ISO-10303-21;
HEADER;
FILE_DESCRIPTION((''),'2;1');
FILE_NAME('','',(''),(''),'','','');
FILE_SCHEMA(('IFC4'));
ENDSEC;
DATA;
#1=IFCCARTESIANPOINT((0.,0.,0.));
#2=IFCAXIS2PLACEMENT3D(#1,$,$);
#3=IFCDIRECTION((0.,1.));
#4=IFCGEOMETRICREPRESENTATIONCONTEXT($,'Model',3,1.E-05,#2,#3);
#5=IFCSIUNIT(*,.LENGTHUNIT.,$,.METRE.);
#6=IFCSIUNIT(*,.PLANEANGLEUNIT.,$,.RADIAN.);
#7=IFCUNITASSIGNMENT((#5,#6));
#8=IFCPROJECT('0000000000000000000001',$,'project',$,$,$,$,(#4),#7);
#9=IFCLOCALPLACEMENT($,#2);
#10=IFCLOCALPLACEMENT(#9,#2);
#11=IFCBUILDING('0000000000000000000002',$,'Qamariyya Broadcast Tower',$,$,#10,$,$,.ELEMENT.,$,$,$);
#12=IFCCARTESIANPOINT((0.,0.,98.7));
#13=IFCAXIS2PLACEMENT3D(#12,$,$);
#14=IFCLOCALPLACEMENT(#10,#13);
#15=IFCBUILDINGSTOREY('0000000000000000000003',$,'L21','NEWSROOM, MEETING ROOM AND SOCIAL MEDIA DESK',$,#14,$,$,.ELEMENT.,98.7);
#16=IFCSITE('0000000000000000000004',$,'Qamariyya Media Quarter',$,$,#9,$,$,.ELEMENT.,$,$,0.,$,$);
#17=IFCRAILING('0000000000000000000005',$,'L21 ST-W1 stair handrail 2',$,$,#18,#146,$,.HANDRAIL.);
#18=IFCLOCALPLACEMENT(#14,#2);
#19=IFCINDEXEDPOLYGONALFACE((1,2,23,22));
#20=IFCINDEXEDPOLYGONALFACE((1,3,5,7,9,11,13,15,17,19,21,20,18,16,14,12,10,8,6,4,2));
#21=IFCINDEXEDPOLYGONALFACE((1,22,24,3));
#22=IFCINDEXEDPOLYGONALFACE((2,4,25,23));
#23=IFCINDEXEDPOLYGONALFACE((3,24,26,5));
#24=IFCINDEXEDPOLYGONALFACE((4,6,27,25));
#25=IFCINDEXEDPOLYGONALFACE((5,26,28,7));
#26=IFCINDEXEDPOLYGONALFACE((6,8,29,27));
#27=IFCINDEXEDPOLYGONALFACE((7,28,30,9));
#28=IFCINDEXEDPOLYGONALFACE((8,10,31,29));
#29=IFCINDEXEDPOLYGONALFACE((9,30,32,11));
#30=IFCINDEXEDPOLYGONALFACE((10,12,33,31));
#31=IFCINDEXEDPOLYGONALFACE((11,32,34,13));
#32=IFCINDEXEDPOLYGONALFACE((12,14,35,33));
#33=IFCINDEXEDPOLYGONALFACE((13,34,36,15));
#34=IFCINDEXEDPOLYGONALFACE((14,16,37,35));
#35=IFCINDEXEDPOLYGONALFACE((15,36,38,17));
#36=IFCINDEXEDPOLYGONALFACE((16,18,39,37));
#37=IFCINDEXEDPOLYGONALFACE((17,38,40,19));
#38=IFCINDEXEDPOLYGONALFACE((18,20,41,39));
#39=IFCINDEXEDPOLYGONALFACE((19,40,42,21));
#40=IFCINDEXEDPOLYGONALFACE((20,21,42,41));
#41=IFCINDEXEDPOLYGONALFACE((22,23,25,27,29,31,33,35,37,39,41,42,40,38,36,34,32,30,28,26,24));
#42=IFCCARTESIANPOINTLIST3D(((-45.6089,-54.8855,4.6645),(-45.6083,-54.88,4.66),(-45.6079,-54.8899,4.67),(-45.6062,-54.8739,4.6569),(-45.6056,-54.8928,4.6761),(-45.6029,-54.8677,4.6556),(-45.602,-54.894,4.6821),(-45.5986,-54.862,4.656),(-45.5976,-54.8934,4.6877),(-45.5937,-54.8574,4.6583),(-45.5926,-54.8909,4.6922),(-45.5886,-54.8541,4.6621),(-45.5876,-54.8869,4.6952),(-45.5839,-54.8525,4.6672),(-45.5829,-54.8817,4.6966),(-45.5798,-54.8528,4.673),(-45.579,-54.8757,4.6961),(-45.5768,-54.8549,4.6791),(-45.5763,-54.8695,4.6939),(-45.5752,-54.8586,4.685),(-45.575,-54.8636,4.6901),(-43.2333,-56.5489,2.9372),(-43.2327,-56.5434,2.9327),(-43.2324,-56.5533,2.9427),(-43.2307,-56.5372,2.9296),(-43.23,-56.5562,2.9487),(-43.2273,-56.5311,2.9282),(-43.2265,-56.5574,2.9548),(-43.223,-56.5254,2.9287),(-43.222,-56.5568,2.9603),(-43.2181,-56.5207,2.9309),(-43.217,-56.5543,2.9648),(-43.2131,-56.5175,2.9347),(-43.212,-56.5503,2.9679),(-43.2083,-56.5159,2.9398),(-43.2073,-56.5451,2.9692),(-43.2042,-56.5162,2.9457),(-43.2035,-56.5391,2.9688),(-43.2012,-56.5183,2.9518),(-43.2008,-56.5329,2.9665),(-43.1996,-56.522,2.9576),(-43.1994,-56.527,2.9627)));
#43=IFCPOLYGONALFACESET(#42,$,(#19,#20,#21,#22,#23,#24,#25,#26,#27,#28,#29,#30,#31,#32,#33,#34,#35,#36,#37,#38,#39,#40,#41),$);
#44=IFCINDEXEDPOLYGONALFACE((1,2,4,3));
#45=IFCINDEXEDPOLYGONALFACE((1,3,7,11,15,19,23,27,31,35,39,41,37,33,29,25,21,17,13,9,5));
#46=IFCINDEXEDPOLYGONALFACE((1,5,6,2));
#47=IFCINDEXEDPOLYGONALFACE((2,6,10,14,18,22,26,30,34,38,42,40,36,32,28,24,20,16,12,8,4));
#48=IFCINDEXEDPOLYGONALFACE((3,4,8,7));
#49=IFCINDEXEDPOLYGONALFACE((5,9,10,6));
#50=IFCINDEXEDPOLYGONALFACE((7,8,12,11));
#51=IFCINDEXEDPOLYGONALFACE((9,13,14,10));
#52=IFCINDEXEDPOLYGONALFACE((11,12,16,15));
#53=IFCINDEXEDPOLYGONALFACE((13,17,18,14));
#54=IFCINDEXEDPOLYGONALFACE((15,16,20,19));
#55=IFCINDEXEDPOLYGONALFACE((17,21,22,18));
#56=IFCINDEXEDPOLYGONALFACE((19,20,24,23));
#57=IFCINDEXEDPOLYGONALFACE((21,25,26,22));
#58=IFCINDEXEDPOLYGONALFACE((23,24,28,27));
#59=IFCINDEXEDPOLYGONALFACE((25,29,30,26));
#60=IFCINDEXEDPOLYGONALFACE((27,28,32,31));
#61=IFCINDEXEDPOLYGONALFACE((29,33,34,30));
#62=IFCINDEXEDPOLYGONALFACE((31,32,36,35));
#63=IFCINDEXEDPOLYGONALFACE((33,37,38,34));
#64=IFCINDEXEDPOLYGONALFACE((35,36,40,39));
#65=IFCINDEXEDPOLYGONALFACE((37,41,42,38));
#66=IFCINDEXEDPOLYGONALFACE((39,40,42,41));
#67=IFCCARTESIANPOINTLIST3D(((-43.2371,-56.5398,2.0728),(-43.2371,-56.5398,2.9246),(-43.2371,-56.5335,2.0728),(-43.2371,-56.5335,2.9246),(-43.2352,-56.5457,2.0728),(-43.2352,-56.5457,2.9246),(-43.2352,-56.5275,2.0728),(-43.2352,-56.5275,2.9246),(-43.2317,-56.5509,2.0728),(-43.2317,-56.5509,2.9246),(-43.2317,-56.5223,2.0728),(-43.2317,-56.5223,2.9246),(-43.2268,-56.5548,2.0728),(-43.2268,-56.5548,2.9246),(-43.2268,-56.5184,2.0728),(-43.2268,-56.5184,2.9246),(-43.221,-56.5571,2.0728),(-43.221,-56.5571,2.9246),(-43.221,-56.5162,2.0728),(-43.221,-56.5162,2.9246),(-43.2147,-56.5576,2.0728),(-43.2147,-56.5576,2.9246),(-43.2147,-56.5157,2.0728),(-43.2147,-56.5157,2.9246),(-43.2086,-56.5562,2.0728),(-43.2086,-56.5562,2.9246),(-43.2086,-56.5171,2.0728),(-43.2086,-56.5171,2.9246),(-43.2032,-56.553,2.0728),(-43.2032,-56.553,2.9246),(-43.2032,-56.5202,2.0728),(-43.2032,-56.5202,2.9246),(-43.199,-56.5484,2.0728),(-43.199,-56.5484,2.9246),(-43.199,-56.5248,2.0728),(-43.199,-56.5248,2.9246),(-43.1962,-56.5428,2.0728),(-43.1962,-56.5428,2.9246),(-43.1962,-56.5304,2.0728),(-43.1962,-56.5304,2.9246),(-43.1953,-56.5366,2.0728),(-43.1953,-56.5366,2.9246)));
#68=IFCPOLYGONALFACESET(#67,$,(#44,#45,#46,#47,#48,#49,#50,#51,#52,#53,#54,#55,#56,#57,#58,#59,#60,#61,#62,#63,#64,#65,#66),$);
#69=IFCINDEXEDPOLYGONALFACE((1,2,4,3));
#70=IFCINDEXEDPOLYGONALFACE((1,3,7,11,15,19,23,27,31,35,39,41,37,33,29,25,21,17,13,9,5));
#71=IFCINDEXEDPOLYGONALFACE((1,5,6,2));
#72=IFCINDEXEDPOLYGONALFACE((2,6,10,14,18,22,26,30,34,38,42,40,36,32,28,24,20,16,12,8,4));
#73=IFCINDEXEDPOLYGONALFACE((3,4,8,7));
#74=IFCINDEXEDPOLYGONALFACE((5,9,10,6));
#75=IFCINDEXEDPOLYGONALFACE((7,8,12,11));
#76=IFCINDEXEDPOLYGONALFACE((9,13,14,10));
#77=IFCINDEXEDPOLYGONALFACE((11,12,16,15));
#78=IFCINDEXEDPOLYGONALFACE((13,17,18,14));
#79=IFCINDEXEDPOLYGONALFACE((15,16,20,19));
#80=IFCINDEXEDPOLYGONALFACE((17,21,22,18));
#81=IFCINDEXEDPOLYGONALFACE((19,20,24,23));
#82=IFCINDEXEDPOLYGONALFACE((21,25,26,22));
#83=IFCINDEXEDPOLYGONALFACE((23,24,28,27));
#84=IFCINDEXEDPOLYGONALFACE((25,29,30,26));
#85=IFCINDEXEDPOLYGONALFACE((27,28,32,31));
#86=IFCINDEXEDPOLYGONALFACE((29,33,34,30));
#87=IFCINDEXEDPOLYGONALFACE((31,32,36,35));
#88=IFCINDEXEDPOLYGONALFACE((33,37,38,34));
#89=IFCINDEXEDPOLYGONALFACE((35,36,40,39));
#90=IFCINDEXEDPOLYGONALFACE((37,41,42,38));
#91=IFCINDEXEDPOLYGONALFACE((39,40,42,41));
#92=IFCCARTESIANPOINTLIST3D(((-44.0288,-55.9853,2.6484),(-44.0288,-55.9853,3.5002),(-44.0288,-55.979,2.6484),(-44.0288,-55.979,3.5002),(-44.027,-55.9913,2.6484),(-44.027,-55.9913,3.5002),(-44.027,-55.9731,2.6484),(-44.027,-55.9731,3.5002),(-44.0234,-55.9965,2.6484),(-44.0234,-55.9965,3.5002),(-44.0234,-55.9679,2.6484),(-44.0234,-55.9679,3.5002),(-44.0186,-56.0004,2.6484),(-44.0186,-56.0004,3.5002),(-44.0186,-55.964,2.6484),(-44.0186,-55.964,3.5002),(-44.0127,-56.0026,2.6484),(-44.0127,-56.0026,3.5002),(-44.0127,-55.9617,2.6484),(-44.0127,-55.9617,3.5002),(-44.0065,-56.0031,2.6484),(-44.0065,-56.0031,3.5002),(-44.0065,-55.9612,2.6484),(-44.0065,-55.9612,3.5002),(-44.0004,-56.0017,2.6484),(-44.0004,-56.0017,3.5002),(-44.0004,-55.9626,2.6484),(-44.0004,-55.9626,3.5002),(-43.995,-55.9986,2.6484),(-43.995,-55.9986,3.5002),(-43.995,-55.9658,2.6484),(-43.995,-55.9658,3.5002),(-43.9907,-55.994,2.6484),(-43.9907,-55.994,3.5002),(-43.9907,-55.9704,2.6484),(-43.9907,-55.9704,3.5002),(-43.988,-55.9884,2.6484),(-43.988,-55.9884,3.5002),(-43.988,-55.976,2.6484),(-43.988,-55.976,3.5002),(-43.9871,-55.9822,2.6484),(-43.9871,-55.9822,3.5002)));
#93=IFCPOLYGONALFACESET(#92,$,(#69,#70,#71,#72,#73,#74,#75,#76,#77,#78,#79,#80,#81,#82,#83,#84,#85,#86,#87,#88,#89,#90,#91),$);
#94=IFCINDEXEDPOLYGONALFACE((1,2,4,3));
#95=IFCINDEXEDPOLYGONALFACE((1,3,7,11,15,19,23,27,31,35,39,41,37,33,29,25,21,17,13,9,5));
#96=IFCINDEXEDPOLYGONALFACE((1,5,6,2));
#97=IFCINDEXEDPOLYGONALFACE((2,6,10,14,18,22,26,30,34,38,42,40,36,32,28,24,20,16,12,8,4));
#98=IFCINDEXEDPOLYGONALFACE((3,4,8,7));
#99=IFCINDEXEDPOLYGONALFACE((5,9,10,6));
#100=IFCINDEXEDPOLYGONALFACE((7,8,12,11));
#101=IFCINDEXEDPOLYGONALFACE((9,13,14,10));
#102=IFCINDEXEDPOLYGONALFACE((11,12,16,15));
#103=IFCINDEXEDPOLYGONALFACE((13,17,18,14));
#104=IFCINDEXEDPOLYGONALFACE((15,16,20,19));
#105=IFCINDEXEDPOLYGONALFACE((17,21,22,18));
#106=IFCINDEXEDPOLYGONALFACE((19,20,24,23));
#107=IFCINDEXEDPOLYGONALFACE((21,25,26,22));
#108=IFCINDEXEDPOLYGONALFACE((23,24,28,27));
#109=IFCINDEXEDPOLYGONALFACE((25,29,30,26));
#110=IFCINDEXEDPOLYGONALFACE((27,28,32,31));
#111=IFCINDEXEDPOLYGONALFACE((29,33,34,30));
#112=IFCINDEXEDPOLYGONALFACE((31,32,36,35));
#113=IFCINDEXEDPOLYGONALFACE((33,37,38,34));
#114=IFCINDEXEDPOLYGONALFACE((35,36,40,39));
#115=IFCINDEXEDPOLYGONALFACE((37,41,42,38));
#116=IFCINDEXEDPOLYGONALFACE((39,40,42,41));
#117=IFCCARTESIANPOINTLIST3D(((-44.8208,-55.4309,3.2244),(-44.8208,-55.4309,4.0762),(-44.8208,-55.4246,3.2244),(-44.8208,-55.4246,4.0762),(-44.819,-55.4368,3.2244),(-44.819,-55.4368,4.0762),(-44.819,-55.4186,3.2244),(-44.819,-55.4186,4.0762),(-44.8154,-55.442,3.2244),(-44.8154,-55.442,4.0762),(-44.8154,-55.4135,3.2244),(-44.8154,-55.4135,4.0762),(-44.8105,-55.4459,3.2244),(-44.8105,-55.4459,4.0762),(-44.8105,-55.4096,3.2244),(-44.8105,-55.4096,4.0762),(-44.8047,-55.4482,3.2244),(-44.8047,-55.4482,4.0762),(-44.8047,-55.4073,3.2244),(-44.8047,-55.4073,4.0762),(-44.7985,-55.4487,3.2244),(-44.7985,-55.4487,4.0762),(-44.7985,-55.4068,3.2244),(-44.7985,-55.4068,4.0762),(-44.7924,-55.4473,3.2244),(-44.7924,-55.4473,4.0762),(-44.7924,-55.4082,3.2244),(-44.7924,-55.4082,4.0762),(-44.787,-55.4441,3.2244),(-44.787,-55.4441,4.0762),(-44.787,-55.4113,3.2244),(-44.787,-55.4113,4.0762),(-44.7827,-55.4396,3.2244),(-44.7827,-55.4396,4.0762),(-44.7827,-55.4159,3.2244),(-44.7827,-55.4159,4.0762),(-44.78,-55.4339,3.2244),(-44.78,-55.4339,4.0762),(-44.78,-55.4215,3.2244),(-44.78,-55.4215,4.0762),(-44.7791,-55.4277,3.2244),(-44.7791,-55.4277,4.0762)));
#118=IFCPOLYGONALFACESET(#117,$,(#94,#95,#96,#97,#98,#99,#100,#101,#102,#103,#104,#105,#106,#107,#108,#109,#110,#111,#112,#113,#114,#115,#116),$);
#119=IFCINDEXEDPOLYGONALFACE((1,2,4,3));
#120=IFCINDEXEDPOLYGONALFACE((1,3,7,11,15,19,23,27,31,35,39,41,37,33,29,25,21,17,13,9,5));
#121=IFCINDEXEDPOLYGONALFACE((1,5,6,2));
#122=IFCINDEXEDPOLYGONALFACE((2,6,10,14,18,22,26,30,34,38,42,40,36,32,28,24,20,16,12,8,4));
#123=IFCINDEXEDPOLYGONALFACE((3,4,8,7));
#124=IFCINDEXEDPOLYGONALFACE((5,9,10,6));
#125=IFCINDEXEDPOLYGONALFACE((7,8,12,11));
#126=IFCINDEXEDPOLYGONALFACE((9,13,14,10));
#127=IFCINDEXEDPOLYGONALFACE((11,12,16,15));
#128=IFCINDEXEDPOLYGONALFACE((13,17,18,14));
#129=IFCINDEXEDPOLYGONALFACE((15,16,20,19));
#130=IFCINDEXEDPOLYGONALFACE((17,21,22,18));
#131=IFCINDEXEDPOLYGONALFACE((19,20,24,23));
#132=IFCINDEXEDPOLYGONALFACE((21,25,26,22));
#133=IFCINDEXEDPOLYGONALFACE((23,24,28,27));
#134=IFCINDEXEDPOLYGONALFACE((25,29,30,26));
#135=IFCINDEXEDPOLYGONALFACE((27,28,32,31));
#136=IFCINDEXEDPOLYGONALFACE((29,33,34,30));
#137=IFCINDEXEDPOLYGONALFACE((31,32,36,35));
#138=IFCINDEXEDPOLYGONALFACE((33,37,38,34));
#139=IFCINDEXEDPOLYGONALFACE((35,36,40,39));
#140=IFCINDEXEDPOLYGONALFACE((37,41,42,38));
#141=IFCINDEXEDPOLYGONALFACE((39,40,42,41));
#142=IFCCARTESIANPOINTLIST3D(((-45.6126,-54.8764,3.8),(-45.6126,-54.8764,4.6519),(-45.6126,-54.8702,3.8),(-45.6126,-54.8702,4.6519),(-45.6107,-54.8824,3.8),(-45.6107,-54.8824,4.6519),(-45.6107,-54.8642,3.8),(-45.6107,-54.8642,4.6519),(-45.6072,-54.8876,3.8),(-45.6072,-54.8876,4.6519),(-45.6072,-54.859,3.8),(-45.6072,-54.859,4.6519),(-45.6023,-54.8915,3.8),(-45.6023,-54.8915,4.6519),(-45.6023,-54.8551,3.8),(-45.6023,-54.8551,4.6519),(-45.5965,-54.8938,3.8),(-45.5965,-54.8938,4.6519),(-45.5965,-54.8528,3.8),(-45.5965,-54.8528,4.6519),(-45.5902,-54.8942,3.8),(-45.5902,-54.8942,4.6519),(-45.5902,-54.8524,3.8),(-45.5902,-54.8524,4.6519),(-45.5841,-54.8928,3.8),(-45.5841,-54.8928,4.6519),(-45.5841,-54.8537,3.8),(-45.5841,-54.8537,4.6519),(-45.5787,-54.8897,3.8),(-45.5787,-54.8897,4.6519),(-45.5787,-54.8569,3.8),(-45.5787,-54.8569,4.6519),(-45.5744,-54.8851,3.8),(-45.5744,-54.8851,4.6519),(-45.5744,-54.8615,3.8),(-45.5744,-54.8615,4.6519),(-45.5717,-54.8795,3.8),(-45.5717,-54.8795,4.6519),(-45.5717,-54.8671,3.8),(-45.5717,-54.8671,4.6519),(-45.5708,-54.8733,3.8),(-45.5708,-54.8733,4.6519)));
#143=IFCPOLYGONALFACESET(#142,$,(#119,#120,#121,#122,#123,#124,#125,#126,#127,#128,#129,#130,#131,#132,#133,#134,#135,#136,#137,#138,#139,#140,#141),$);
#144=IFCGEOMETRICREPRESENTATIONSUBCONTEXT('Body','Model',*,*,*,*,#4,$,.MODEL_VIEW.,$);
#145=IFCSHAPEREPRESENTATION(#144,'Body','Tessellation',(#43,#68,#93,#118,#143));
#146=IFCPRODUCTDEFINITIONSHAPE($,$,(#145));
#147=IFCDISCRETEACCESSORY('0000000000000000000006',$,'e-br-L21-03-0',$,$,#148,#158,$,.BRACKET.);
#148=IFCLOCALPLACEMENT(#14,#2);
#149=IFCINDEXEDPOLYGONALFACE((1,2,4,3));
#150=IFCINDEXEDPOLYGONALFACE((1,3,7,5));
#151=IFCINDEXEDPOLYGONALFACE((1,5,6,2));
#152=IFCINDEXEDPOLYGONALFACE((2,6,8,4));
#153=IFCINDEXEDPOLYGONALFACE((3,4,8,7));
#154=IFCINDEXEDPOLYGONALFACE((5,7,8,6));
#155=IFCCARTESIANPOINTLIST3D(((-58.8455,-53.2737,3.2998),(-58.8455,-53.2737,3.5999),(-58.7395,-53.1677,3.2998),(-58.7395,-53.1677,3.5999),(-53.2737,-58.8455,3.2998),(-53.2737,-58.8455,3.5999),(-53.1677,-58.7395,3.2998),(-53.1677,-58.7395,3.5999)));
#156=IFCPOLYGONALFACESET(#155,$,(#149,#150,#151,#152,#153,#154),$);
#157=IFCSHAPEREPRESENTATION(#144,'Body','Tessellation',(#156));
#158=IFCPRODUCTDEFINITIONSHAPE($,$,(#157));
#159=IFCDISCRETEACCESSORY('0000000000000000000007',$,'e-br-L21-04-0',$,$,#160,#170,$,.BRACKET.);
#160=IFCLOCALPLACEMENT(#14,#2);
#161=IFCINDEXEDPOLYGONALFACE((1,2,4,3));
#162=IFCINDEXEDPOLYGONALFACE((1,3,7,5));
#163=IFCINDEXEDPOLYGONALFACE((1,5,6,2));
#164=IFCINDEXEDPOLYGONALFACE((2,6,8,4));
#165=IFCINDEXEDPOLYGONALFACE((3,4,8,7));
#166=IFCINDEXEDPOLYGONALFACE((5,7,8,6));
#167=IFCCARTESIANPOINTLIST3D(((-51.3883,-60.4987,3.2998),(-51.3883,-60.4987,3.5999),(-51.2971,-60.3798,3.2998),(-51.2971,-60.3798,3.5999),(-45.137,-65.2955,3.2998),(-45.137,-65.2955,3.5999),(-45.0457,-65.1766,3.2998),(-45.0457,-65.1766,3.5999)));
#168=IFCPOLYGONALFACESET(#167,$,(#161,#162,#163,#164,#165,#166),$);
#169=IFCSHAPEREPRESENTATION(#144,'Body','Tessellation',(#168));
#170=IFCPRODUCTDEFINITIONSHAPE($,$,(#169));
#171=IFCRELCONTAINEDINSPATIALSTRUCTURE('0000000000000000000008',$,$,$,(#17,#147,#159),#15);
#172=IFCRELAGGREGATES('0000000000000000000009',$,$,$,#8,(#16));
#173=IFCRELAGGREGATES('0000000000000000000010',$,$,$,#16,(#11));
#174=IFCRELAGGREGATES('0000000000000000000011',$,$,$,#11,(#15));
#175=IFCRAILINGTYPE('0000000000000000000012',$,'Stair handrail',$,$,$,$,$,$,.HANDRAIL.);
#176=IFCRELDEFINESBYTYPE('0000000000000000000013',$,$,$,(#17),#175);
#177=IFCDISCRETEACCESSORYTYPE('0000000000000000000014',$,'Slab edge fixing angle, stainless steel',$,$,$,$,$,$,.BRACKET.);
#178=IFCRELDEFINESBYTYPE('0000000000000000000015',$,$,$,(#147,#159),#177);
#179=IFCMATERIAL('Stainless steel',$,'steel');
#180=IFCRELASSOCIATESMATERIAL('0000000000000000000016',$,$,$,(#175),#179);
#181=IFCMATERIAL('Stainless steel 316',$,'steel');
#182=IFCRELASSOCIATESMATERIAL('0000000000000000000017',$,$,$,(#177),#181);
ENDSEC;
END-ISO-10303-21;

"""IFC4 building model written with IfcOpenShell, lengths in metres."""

from ifc_helpers import new_model, si_unit, direction, frame, origin, origin_2d, place, context, subcontext, project, spatial, rectangle, circle, extrude, material, type_object, element, save


model = new_model("IFC4")

# Units and contexts
model_context = context("Model", 3, precision=1e-05, world=origin(), true_north=direction((0.0, 1.0)))
body_context = subcontext(model_context, "Body", "Model", "MODEL_VIEW")
ifc_project = project(units=[si_unit("LENGTHUNIT", "METRE"), si_unit("PLANEANGLEUNIT", "RADIAN")], contexts=[model_context])

# Site, building, storey
site_placement = place(None, origin())
site = spatial("IfcSite", under=ifc_project, at=site_placement, Name="Qamariyya Media Quarter", CompositionType="ELEMENT", RefElevation=0.0)
building_placement = place(site_placement, origin())
building = spatial("IfcBuilding", under=site, at=building_placement, Name="Qamariyya Broadcast Tower", CompositionType="ELEMENT")
storey_placement = place(building_placement, frame((0.0, 0.0, 98.7)))
storey = spatial("IfcBuildingStorey", under=building, at=storey_placement, Name="L21", Description="NEWSROOM, MEETING ROOM AND SOCIAL MEDIA DESK", CompositionType="ELEMENT", Elevation=98.7)

# Railing
ifc_material_1 = material(Name="Stainless steel", Category="steel")
railing_type_1 = type_object("IfcRailingType", Name="Stair handrail", PredefinedType="HANDRAIL", material=ifc_material_1)
railing_1_placement = place(storey_placement, frame((-43.2163, -56.5366, 2.0728)))
element("IfcRailing", 1, at=railing_1_placement, inside=storey, type_object=railing_type_1, Name="L21 ST-W1 stair handrail 2", PredefinedType="HANDRAIL", context=body_context, shape_type="SweptSolid", body=[
    extrude(circle(Radius=0.0239, at=origin_2d()), frame((0.0, 0.0, 0.876), z_axis=(-0.70377, 0.492784, 0.511734), x_axis=(-0.573575, -0.819153, 0.0)), (0.0, 0.0, 1.0), 3.3755),
    extrude(circle(Radius=0.021, at=origin_2d()), origin(), (0.0, 0.0, 1.0), 0.8518),
    extrude(circle(Radius=0.021, at=origin_2d()), frame((-0.7917, 0.5544, 0.5757)), (0.0, 0.0, 1.0), 0.8518),
    extrude(circle(Radius=0.021, at=origin_2d()), frame((-1.5837, 1.1089, 1.1516)), (0.0, 0.0, 1.0), 0.8518),
    extrude(circle(Radius=0.021, at=origin_2d()), frame((-2.3755, 1.6633, 1.7273)), (0.0, 0.0, 1.0), 0.8518),
])

# Discrete accessories
ifc_material_2 = material(Name="Stainless steel 316", Category="steel")
discrete_accessory_type = type_object("IfcDiscreteAccessoryType", Name="Slab edge fixing angle, stainless steel", PredefinedType="BRACKET", material=ifc_material_2)
for number, where, z_axis, x_axis, name in (
    (2, (-56.0066, -56.0066, 3.2998), (0.0, 0.0, 1.0), (0.707107, -0.707107, 0.0), "e-br-L21-03-0"),
    (3, (-48.217, -62.8376, 3.2998), (0.0, 0.0, 1.0), (0.793353, -0.608761, 0.0), "e-br-L21-04-0"),
):
    element("IfcDiscreteAccessory", number, at=place(storey_placement, frame(where, z_axis=z_axis, x_axis=x_axis)), inside=storey, type_object=discrete_accessory_type, Name=name, PredefinedType="BRACKET", context=body_context, shape_type="SweptSolid", body=[
        extrude(rectangle(XDim=7.8796, YDim=0.1499, at=origin_2d()), origin(), (0.0, 0.0, 1.0), 0.3),
    ])

save(model, "model.ifc")
